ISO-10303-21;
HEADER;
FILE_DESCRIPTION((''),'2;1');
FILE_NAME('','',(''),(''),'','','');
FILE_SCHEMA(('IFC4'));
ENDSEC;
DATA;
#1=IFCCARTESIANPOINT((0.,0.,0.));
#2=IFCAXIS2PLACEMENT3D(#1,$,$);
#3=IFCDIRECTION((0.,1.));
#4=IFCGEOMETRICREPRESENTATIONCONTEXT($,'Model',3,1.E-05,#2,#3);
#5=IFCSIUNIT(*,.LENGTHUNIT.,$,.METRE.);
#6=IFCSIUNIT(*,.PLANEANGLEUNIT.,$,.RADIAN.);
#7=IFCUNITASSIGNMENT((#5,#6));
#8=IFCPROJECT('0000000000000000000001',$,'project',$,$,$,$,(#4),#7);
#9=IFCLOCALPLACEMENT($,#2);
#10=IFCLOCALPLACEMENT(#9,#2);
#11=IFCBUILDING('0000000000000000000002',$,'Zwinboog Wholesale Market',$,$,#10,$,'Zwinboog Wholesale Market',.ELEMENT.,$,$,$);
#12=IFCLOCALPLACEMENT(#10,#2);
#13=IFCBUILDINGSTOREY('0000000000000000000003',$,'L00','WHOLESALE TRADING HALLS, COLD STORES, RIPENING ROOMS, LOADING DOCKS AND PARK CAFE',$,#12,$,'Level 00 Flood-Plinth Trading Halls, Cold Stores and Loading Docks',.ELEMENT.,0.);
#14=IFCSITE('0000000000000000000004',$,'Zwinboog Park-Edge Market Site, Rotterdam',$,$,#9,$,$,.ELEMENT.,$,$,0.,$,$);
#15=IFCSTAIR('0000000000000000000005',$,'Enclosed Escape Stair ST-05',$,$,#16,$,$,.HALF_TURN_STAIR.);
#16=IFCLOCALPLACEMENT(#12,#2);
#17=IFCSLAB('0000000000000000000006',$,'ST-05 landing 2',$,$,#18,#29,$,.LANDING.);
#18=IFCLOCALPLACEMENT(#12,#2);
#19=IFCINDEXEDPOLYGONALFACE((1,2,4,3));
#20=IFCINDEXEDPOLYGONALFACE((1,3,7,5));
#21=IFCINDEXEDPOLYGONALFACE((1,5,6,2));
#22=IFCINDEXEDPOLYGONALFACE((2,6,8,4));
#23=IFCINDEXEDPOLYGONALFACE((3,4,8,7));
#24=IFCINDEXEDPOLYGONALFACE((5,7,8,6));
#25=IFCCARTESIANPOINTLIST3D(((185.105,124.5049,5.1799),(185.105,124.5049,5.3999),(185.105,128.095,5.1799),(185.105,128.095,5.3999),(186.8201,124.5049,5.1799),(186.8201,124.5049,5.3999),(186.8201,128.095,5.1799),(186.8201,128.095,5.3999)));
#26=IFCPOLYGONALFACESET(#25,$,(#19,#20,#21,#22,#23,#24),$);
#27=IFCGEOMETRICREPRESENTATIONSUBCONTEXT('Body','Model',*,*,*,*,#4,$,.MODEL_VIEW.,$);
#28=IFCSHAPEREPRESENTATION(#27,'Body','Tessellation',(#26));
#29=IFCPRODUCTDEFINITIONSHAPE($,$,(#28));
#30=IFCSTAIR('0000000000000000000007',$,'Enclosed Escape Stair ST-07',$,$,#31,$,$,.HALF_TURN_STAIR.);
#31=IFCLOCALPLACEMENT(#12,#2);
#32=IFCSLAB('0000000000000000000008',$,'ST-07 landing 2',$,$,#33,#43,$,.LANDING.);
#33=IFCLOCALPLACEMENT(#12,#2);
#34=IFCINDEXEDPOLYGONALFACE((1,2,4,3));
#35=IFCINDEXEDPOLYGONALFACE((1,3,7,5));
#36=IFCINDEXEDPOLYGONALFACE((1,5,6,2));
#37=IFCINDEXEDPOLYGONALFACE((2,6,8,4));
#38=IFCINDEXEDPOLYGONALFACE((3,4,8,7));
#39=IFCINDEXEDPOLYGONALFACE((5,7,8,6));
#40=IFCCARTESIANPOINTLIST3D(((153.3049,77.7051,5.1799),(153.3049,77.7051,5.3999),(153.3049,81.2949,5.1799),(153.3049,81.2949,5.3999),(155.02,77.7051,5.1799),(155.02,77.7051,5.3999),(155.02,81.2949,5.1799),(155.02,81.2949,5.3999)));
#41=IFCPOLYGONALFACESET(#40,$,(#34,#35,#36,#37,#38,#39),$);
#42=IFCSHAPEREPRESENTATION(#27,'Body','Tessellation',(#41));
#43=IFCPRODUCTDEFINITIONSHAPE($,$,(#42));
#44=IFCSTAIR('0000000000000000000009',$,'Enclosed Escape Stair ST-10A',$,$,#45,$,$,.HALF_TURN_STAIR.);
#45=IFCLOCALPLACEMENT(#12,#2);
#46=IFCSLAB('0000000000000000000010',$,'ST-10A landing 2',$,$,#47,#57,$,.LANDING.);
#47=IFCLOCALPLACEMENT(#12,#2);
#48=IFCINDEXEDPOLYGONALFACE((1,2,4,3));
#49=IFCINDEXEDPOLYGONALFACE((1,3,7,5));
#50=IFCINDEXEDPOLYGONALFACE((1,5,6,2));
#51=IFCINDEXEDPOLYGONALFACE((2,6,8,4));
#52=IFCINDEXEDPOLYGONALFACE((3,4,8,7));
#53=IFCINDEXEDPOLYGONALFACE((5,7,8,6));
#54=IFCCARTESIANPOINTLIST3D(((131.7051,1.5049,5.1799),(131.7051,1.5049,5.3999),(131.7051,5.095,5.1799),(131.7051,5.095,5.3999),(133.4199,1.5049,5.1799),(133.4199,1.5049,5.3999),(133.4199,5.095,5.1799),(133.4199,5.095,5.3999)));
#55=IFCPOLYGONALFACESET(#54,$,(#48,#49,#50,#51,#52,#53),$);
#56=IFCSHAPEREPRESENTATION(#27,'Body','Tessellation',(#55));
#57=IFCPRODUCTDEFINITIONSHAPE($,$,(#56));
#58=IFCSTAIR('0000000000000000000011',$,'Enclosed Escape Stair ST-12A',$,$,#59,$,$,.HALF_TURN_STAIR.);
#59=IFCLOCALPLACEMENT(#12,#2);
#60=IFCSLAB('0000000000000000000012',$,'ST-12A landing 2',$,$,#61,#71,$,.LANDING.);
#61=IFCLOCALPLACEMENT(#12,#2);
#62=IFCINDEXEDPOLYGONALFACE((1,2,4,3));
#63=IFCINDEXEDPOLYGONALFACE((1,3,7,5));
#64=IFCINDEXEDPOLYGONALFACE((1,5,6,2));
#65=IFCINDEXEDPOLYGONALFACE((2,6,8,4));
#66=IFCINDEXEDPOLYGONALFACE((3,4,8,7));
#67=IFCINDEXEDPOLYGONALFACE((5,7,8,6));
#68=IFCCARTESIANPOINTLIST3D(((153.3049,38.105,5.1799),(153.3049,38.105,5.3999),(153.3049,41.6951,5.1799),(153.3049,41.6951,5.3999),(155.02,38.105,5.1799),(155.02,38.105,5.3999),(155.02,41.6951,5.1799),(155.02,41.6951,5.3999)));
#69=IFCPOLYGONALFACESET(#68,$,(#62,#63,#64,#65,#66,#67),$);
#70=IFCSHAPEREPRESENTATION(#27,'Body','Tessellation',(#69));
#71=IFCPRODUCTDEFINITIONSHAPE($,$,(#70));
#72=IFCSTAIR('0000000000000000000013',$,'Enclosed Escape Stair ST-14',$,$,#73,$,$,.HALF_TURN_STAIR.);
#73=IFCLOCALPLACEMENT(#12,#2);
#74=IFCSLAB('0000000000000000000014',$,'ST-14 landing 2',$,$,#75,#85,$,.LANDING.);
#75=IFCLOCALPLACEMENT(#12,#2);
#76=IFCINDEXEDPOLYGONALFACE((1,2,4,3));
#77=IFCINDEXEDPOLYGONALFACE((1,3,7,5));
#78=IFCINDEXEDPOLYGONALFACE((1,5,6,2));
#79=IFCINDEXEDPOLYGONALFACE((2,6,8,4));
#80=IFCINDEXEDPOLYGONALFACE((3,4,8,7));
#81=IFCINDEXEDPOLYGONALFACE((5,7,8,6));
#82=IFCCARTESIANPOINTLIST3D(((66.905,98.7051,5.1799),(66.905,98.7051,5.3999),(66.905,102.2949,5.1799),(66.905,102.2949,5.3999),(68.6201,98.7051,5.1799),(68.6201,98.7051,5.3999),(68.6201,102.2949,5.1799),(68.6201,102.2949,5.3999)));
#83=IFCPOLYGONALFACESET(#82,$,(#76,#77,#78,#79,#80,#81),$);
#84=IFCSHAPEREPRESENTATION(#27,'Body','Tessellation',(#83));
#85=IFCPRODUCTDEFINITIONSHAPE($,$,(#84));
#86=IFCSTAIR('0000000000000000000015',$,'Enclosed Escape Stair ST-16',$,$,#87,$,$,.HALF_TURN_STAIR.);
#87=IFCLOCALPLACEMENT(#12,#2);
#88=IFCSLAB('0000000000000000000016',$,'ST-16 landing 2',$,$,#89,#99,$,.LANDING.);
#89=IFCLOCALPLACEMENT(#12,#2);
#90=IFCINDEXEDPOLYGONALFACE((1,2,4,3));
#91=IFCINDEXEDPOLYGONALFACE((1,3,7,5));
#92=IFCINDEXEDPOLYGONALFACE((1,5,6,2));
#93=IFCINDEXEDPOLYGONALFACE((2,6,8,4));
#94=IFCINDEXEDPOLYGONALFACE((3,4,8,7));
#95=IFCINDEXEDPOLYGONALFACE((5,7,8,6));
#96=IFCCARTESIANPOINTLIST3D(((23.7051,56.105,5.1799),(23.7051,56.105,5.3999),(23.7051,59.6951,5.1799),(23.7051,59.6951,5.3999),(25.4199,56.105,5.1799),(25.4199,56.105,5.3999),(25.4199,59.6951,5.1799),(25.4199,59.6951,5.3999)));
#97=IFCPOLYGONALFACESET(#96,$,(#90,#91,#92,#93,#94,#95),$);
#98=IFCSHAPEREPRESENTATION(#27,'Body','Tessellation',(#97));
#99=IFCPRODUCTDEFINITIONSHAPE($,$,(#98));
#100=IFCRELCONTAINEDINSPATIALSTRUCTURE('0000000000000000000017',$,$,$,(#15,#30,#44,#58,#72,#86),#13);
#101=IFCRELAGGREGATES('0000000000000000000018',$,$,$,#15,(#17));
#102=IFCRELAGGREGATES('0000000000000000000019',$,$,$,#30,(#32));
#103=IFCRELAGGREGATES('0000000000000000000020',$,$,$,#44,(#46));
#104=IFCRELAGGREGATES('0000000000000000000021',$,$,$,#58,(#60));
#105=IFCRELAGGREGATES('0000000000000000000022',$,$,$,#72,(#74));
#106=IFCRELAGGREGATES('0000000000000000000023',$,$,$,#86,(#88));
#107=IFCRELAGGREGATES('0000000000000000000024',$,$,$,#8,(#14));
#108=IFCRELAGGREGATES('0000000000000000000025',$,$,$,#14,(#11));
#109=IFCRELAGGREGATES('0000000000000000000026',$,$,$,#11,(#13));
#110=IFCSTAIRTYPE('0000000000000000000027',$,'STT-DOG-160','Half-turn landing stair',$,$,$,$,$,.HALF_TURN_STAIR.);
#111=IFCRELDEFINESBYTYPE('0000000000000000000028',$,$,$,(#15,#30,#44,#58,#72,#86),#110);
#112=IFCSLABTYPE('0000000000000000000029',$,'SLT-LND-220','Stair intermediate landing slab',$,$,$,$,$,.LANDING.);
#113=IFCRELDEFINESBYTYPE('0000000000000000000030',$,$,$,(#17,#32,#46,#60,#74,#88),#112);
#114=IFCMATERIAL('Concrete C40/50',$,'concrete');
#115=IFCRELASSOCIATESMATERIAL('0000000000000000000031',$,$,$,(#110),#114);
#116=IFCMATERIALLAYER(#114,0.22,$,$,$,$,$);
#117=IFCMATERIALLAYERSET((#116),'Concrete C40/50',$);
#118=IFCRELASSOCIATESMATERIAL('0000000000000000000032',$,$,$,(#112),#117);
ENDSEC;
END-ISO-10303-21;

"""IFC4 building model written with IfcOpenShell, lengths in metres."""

from ifc_helpers import new_model, si_unit, direction, frame, origin, place, context, subcontext, project, spatial, polyline, outline, extrude, material, layer, layer_set, type_object, element, aggregate, save


model = new_model("IFC4")

# Units and contexts
model_context = context("Model", 3, precision=1e-05, world=origin(), true_north=direction((0.0, 1.0)))
body_context = subcontext(model_context, "Body", "Model", "MODEL_VIEW")
ifc_project = project(units=[si_unit("LENGTHUNIT", "METRE"), si_unit("PLANEANGLEUNIT", "RADIAN")], contexts=[model_context])

# Site, building, storey
site_placement = place(None, origin())
site = spatial("IfcSite", under=ifc_project, at=site_placement, Name="Zwinboog Park-Edge Market Site, Rotterdam", CompositionType="ELEMENT", RefElevation=0.0)
building_placement = place(site_placement, origin())
building = spatial("IfcBuilding", under=site, at=building_placement, Name="Zwinboog Wholesale Market", LongName="Zwinboog Wholesale Market", CompositionType="ELEMENT")
storey_placement = place(building_placement, origin())
storey = spatial("IfcBuildingStorey", under=building, at=storey_placement, Name="L00", Description="WHOLESALE TRADING HALLS, COLD STORES, RIPENING ROOMS, LOADING DOCKS AND PARK CAFE", LongName="Level 00 Flood-Plinth Trading Halls, Cold Stores and Loading Docks", CompositionType="ELEMENT", Elevation=0.0)

# Shared definitions
ifc_material = material(Name="Concrete C40/50", Category="concrete")

# Stairs, slabs
stair_type_1 = type_object("IfcStairType", Name="STT-DOG-160", Description="Half-turn landing stair", PredefinedType="HALF_TURN_STAIR", material=ifc_material)
ifc_layer_1 = layer(ifc_material, 0.22)
ifc_layer_set_1 = layer_set([ifc_layer_1], Name="Concrete C40/50")
slab_type_1 = type_object("IfcSlabType", Name="SLT-LND-220", Description="Stair intermediate landing slab", PredefinedType="LANDING", material=ifc_layer_set_1)
stair_1_placement = place(storey_placement, origin())
stair_1 = element("IfcStair", 1, at=stair_1_placement, inside=storey, type_object=stair_type_1, Name="Enclosed Escape Stair ST-05", PredefinedType="HALF_TURN_STAIR")
slab_1_placement = place(storey_placement, frame((0.0, 0.0, 5.1799)))
slab_1 = element("IfcSlab", 2, at=slab_1_placement, type_object=slab_type_1, Name="ST-05 landing 2", PredefinedType="LANDING", context=body_context, shape_type="SweptSolid", body=[
    extrude(outline(polyline([(185.105, 124.5049), (186.8201, 124.5049), (186.8201, 128.095), (185.105, 128.095), (185.105, 124.5049)])), origin(), (0.0, 0.0, 1.0), 0.22),
])
aggregate(stair_1, [slab_1])
stair_2_placement = place(storey_placement, origin())
stair_2 = element("IfcStair", 3, at=stair_2_placement, inside=storey, type_object=stair_type_1, Name="Enclosed Escape Stair ST-07", PredefinedType="HALF_TURN_STAIR")
slab_2_placement = place(storey_placement, frame((0.0, 0.0, 5.1799)))
slab_2 = element("IfcSlab", 4, at=slab_2_placement, type_object=slab_type_1, Name="ST-07 landing 2", PredefinedType="LANDING", context=body_context, shape_type="SweptSolid", body=[
    extrude(outline(polyline([(153.3049, 77.7051), (155.02, 77.7051), (155.02, 81.2949), (153.3049, 81.2949), (153.3049, 77.7051)])), origin(), (0.0, 0.0, 1.0), 0.22),
])
aggregate(stair_2, [slab_2])
stair_3_placement = place(storey_placement, origin())
stair_3 = element("IfcStair", 5, at=stair_3_placement, inside=storey, type_object=stair_type_1, Name="Enclosed Escape Stair ST-10A", PredefinedType="HALF_TURN_STAIR")
slab_3_placement = place(storey_placement, frame((0.0, 0.0, 5.1799)))
slab_3 = element("IfcSlab", 6, at=slab_3_placement, type_object=slab_type_1, Name="ST-10A landing 2", PredefinedType="LANDING", context=body_context, shape_type="SweptSolid", body=[
    extrude(outline(polyline([(131.7051, 1.5049), (133.4199, 1.5049), (133.4199, 5.095), (131.7051, 5.095), (131.7051, 1.5049)])), origin(), (0.0, 0.0, 1.0), 0.22),
])
aggregate(stair_3, [slab_3])
stair_4_placement = place(storey_placement, origin())
stair_4 = element("IfcStair", 7, at=stair_4_placement, inside=storey, type_object=stair_type_1, Name="Enclosed Escape Stair ST-12A", PredefinedType="HALF_TURN_STAIR")
slab_4_placement = place(storey_placement, frame((0.0, 0.0, 5.1799)))
slab_4 = element("IfcSlab", 8, at=slab_4_placement, type_object=slab_type_1, Name="ST-12A landing 2", PredefinedType="LANDING", context=body_context, shape_type="SweptSolid", body=[
    extrude(outline(polyline([(153.3049, 38.105), (155.02, 38.105), (155.02, 41.6951), (153.3049, 41.6951), (153.3049, 38.105)])), origin(), (0.0, 0.0, 1.0), 0.22),
])
aggregate(stair_4, [slab_4])
stair_5_placement = place(storey_placement, origin())
stair_5 = element("IfcStair", 9, at=stair_5_placement, inside=storey, type_object=stair_type_1, Name="Enclosed Escape Stair ST-14", PredefinedType="HALF_TURN_STAIR")
slab_5_placement = place(storey_placement, frame((0.0, 0.0, 5.1799)))
slab_5 = element("IfcSlab", 10, at=slab_5_placement, type_object=slab_type_1, Name="ST-14 landing 2", PredefinedType="LANDING", context=body_context, shape_type="SweptSolid", body=[
    extrude(outline(polyline([(66.905, 98.7051), (68.6201, 98.7051), (68.6201, 102.2949), (66.905, 102.2949), (66.905, 98.7051)])), origin(), (0.0, 0.0, 1.0), 0.22),
])
aggregate(stair_5, [slab_5])
stair_6_placement = place(storey_placement, origin())
stair_6 = element("IfcStair", 11, at=stair_6_placement, inside=storey, type_object=stair_type_1, Name="Enclosed Escape Stair ST-16", PredefinedType="HALF_TURN_STAIR")
slab_6_placement = place(storey_placement, frame((0.0, 0.0, 5.1799)))
slab_6 = element("IfcSlab", 12, at=slab_6_placement, type_object=slab_type_1, Name="ST-16 landing 2", PredefinedType="LANDING", context=body_context, shape_type="SweptSolid", body=[
    extrude(outline(polyline([(23.7051, 56.105), (25.4199, 56.105), (25.4199, 59.6951), (23.7051, 59.6951), (23.7051, 56.105)])), origin(), (0.0, 0.0, 1.0), 0.22),
])
aggregate(stair_6, [slab_6])

save(model, "model.ifc")
